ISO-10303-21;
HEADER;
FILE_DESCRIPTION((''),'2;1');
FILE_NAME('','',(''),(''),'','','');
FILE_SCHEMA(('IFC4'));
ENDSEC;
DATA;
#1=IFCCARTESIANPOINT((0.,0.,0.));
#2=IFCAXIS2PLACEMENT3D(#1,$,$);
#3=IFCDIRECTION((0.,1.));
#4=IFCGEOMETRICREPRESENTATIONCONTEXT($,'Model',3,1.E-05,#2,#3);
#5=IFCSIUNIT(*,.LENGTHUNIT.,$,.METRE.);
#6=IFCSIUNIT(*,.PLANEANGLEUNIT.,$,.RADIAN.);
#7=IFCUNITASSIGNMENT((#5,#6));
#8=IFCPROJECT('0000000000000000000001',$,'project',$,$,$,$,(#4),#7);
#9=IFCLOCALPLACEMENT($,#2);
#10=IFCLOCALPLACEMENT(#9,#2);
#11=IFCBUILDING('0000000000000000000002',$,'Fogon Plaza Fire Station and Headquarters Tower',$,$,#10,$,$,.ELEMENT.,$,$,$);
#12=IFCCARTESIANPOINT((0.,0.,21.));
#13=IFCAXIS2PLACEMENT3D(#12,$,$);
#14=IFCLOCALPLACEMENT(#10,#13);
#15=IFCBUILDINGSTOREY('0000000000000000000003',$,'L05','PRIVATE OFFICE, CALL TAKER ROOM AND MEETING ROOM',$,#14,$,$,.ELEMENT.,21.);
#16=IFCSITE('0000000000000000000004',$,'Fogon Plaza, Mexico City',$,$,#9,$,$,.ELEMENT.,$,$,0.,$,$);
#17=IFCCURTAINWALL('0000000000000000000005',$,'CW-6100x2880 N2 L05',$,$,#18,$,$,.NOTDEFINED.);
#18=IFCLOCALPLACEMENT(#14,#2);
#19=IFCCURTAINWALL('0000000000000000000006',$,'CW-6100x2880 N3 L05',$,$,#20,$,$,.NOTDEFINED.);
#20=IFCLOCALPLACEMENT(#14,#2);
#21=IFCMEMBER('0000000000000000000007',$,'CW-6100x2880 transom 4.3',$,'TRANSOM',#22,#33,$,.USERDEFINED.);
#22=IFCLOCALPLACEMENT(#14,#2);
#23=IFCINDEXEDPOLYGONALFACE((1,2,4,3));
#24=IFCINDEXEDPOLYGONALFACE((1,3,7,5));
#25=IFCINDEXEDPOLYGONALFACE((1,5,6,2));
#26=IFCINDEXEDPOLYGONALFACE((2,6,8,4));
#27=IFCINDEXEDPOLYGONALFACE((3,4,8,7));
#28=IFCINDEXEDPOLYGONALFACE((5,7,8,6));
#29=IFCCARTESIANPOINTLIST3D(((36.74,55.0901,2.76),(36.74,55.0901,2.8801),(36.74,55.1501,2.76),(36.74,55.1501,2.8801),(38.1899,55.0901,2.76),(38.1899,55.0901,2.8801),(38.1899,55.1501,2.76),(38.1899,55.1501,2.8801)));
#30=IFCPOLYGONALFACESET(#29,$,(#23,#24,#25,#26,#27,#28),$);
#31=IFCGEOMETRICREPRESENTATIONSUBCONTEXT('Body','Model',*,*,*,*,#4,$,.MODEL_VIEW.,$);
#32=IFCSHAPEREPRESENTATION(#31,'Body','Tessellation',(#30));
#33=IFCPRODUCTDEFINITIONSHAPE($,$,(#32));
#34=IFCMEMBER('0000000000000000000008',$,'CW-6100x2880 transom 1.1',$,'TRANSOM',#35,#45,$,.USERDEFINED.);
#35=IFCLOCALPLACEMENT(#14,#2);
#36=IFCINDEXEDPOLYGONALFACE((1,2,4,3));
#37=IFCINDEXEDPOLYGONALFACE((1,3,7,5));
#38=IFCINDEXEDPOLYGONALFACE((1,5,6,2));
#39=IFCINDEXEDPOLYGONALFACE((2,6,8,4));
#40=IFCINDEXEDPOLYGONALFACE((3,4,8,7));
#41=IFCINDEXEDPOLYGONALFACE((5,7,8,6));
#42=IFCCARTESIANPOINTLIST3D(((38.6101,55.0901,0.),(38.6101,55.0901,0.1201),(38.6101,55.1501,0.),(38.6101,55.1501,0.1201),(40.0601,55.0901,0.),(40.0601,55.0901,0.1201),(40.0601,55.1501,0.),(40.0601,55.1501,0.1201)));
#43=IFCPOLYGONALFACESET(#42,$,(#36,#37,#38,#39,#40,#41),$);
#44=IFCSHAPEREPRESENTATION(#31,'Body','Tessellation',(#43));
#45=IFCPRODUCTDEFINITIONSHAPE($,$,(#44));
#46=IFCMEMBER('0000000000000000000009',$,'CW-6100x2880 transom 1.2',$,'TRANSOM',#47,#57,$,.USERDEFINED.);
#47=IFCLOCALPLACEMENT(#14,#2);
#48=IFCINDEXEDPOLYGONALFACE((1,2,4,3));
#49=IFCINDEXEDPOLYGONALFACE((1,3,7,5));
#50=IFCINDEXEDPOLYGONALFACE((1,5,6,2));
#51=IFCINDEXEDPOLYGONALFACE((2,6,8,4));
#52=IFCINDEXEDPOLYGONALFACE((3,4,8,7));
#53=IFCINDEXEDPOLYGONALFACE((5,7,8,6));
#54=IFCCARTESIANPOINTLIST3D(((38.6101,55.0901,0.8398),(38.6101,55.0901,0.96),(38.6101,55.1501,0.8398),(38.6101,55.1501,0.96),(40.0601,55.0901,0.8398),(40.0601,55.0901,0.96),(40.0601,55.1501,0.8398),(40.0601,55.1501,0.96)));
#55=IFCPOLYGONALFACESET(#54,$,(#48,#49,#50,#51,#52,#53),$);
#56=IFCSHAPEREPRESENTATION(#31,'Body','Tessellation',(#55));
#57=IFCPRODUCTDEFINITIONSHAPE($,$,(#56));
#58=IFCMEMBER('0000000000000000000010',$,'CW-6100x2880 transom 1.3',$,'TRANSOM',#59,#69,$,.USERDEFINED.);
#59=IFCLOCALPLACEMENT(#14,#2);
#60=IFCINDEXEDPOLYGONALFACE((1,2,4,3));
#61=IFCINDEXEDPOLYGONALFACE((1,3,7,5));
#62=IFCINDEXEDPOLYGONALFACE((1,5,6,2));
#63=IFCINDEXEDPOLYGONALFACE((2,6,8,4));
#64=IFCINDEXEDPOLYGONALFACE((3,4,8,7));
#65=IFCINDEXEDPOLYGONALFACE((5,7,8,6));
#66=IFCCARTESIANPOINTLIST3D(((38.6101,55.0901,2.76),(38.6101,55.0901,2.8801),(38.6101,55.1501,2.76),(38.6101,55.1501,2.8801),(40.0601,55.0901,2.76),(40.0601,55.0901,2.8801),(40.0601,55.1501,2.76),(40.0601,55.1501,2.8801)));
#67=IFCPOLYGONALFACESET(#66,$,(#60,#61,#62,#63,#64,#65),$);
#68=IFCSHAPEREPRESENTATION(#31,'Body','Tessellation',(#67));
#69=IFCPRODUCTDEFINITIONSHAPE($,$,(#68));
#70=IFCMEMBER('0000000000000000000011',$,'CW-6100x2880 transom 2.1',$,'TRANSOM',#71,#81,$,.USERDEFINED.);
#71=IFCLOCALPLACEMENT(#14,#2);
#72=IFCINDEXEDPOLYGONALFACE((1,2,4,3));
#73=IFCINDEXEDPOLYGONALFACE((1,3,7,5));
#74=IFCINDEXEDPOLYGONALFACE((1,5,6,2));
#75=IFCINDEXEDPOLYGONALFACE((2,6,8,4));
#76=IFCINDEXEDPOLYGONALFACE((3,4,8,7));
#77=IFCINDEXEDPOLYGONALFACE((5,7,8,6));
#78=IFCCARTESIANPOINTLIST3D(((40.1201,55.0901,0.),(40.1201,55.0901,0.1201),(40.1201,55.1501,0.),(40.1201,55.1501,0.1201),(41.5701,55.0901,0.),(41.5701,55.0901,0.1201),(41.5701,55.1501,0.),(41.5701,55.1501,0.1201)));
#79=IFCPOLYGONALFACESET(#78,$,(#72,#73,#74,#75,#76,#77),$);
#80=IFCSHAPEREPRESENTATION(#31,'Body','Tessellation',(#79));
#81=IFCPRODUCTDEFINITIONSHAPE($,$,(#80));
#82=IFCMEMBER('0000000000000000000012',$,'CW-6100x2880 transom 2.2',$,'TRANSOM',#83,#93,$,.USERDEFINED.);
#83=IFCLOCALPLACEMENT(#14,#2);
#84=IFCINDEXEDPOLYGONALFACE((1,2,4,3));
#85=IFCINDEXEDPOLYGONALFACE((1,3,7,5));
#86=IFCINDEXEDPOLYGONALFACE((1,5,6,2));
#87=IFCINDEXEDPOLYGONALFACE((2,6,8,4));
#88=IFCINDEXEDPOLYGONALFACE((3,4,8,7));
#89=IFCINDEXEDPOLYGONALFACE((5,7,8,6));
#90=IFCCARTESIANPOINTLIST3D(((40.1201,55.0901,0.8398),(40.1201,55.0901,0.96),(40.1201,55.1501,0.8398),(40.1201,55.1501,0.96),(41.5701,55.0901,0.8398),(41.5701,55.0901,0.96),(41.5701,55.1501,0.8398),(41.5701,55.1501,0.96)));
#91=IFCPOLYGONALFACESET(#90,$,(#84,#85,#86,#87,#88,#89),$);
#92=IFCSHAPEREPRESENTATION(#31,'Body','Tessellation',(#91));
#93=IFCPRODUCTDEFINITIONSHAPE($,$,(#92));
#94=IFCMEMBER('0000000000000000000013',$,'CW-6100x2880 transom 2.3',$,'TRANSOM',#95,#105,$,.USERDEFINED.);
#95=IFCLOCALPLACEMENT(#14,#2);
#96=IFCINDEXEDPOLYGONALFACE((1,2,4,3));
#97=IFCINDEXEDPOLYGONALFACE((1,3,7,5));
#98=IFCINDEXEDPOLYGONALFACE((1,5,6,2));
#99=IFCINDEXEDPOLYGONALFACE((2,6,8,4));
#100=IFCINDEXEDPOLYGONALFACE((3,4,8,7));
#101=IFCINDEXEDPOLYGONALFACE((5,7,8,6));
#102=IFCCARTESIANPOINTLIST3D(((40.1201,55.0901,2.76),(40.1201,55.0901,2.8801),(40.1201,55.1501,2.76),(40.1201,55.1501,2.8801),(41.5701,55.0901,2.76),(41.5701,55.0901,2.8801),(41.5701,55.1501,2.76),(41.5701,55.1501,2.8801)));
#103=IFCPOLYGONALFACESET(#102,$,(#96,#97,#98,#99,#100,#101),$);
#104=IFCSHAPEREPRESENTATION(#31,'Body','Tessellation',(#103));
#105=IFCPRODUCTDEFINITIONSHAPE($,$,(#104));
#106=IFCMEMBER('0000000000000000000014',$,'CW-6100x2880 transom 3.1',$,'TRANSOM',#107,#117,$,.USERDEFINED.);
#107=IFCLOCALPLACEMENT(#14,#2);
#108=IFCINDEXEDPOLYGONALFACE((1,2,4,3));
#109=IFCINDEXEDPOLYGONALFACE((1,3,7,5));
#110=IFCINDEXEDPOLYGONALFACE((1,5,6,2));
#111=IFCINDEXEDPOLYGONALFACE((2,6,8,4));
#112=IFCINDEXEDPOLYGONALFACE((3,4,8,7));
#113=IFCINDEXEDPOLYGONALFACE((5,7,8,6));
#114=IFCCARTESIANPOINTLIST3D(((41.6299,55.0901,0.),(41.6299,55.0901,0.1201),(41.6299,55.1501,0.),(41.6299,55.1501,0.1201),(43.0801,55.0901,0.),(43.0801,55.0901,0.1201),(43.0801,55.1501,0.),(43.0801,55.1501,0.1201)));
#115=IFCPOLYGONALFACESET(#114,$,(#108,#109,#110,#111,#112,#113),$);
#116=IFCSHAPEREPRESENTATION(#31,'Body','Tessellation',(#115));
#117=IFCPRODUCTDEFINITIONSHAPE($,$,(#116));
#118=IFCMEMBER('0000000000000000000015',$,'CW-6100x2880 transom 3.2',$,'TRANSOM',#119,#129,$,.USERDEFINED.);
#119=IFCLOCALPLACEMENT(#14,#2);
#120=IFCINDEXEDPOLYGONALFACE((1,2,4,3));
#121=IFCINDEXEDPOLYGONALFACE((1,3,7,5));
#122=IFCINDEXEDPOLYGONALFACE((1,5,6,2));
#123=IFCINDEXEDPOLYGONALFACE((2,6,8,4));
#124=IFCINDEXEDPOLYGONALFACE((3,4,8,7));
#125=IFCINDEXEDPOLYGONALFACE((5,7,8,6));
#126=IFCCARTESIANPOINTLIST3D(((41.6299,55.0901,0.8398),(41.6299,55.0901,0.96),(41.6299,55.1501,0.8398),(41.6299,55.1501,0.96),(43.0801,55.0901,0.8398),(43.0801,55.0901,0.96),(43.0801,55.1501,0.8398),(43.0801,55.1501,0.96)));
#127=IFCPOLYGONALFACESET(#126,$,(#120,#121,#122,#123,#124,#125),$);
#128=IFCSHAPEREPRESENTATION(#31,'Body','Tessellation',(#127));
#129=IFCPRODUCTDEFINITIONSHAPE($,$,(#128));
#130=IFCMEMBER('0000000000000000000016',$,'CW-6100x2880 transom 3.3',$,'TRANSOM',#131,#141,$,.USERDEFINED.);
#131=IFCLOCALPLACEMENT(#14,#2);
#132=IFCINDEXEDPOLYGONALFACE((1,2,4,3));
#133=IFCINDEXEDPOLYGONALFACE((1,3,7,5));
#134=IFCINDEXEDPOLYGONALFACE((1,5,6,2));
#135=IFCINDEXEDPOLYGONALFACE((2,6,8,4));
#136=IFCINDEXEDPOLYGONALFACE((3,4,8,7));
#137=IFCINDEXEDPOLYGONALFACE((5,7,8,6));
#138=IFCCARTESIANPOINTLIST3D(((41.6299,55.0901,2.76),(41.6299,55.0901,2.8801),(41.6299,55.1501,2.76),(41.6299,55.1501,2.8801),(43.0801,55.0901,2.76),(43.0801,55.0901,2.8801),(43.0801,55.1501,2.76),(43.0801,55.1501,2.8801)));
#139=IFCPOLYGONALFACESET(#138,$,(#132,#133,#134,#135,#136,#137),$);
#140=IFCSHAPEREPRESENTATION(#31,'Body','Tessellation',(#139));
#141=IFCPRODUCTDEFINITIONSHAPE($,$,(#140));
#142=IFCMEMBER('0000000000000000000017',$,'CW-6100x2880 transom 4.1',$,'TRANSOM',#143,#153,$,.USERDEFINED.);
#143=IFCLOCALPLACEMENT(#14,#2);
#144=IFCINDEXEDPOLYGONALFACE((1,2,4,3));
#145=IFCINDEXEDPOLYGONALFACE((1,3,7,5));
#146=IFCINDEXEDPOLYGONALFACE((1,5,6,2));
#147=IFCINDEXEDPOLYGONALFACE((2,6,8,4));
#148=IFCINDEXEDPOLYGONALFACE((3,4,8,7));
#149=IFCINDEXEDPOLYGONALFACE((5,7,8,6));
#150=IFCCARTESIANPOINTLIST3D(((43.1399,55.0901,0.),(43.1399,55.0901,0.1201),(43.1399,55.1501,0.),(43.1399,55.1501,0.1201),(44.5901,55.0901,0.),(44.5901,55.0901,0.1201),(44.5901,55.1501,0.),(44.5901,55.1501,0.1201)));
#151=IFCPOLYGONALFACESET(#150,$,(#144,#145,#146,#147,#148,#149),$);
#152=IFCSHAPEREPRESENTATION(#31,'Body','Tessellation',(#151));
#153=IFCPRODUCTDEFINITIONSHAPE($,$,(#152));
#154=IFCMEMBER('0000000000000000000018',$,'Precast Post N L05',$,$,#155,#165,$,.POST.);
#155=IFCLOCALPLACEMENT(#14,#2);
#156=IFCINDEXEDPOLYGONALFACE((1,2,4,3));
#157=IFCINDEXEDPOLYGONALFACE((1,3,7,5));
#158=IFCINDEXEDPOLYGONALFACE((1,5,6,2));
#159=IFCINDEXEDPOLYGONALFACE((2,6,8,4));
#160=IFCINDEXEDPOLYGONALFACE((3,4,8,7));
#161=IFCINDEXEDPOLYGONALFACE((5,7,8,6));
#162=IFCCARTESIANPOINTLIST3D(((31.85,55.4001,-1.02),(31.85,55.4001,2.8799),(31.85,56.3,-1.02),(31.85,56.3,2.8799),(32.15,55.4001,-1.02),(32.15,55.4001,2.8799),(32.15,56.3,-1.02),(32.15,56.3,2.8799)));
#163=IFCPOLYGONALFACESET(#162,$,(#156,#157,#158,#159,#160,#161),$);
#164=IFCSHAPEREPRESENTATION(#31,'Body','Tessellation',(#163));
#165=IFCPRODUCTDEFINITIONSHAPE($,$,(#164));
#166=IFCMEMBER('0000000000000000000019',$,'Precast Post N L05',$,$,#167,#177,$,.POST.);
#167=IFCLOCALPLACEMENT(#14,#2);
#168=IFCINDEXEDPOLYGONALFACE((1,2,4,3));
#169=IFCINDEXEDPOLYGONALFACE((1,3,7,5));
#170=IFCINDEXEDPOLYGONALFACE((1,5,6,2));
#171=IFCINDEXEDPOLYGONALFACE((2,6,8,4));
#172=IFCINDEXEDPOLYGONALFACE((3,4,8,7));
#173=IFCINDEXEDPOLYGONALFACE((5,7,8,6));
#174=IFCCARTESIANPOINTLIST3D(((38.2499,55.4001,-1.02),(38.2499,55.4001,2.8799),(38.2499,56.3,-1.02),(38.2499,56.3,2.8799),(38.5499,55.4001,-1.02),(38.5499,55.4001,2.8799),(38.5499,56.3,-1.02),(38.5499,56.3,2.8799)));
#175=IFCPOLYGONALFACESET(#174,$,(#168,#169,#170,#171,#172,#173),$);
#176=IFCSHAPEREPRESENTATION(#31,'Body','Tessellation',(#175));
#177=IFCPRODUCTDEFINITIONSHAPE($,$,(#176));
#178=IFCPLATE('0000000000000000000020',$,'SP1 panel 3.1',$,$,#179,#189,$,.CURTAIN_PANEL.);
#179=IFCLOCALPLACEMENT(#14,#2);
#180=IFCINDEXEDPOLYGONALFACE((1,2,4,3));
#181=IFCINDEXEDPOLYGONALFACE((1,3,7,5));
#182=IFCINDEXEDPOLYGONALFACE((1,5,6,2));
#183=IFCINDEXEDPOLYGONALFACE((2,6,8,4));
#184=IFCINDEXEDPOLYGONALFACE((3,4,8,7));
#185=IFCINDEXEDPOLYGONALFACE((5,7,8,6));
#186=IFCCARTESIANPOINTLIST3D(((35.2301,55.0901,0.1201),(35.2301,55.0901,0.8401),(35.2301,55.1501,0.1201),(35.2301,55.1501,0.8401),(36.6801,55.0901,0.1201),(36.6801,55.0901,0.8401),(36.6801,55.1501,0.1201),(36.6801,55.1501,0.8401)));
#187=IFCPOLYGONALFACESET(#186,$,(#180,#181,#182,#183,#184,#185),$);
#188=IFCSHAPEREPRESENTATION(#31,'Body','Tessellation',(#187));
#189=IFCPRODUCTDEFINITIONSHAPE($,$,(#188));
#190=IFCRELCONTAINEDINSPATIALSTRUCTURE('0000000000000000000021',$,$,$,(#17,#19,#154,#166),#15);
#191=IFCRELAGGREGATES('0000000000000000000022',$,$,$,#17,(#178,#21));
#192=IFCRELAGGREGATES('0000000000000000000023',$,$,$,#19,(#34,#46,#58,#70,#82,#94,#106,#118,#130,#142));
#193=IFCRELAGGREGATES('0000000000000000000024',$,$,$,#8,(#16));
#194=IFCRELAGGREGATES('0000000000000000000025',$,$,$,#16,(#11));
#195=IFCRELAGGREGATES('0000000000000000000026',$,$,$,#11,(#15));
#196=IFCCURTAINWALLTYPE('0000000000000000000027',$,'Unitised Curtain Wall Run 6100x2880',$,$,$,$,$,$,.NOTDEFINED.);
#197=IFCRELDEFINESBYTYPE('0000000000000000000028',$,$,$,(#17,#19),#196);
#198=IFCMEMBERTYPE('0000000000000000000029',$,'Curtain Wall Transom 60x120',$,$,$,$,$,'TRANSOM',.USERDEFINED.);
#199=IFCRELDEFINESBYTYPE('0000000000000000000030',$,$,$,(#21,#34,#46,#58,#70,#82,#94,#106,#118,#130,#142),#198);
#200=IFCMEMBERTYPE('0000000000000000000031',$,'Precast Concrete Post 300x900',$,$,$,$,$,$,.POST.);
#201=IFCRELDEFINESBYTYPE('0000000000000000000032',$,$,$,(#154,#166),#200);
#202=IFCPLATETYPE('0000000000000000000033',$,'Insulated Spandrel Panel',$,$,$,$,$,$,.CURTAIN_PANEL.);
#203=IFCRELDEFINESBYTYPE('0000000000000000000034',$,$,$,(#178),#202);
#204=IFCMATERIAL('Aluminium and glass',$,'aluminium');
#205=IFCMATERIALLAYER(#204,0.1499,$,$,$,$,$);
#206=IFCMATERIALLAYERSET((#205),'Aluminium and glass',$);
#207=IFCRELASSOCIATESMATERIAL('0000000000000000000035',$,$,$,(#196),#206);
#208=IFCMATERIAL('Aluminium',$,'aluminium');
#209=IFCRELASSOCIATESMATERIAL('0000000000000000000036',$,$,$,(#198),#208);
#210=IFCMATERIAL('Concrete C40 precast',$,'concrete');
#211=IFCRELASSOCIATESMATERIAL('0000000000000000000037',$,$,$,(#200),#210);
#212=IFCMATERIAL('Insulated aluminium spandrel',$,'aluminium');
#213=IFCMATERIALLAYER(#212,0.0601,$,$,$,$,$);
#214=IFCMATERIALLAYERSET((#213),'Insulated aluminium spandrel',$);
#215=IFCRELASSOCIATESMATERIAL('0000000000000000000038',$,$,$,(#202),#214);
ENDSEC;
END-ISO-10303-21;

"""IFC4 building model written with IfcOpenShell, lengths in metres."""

from ifc_helpers import new_model, si_unit, direction, frame, origin, origin_2d, place, context, subcontext, project, spatial, rectangle, extrude, material, layer, layer_set, material_profile, profile_set, type_object, element, aggregate, save


model = new_model("IFC4")

# Units and contexts
model_context = context("Model", 3, precision=1e-05, world=origin(), true_north=direction((0.0, 1.0)))
body_context = subcontext(model_context, "Body", "Model", "MODEL_VIEW")
ifc_project = project(units=[si_unit("LENGTHUNIT", "METRE"), si_unit("PLANEANGLEUNIT", "RADIAN")], contexts=[model_context])

# Site, building, storey
site_placement = place(None, origin())
site = spatial("IfcSite", under=ifc_project, at=site_placement, Name="Fogon Plaza, Mexico City", CompositionType="ELEMENT", RefElevation=0.0)
building_placement = place(site_placement, origin())
building = spatial("IfcBuilding", under=site, at=building_placement, Name="Fogon Plaza Fire Station and Headquarters Tower", CompositionType="ELEMENT")
storey_placement = place(building_placement, frame((0.0, 0.0, 21.0)))
storey = spatial("IfcBuildingStorey", under=building, at=storey_placement, Name="L05", Description="PRIVATE OFFICE, CALL TAKER ROOM AND MEETING ROOM", CompositionType="ELEMENT", Elevation=21.0)

# Curtain walls
ifc_material_1 = material(Name="Aluminium and glass", Category="aluminium")
ifc_layer_1 = layer(ifc_material_1, 0.1499)
ifc_layer_set_1 = layer_set([ifc_layer_1], Name="Aluminium and glass")
curtain_wall_type = type_object("IfcCurtainWallType", Name="Unitised Curtain Wall Run 6100x2880", PredefinedType="NOTDEFINED", material=ifc_layer_set_1)
curtain_wall_1_placement = place(storey_placement, origin())
curtain_wall_1 = element("IfcCurtainWall", 1, at=curtain_wall_1_placement, inside=storey, type_object=curtain_wall_type, Name="CW-6100x2880 N2 L05", PredefinedType="NOTDEFINED")
curtain_wall_2_placement = place(storey_placement, origin())
curtain_wall_2 = element("IfcCurtainWall", 2, at=curtain_wall_2_placement, inside=storey, type_object=curtain_wall_type, Name="CW-6100x2880 N3 L05", PredefinedType="NOTDEFINED")

# Members
ifc_material_2 = material(Name="Aluminium", Category="aluminium")
ifc_material_profile_1 = material_profile(ifc_material_2, rectangle(XDim=0.0601, YDim=0.1201, at=origin_2d()), Name="Curtain Wall Transom 60x120")
ifc_profile_set_1 = profile_set([ifc_material_profile_1], Name="Aluminium")
member_type_1 = type_object("IfcMemberType", Name="Curtain Wall Transom 60x120", ElementType="TRANSOM", PredefinedType="USERDEFINED", material=ifc_profile_set_1)
member_1_placement = place(storey_placement, frame((36.74, 55.1201, 2.8201), z_axis=(1.0, 0.0, 0.0), x_axis=(0.0, 1.0, 0.0)))
member_1 = element("IfcMember", 3, at=member_1_placement, type_object=member_type_1, Name="CW-6100x2880 transom 4.3", ObjectType="TRANSOM", PredefinedType="USERDEFINED", context=body_context, shape_type="SweptSolid", body=[
    extrude(rectangle(XDim=0.0601, YDim=0.1201, at=origin_2d()), origin(), (0.0, 0.0, 1.0), 1.45),
])
member_2_placement = place(storey_placement, frame((38.6101, 55.1201, 0.0601), z_axis=(1.0, 0.0, 0.0), x_axis=(0.0, 1.0, 0.0)))
member_2 = element("IfcMember", 4, at=member_2_placement, type_object=member_type_1, Name="CW-6100x2880 transom 1.1", ObjectType="TRANSOM", PredefinedType="USERDEFINED", context=body_context, shape_type="SweptSolid", body=[
    extrude(rectangle(XDim=0.0601, YDim=0.1201, at=origin_2d()), origin(), (0.0, 0.0, 1.0), 1.45),
])
member_3_placement = place(storey_placement, frame((38.6101, 55.1201, 0.8999), z_axis=(1.0, 0.0, 0.0), x_axis=(0.0, 1.0, 0.0)))
member_3 = element("IfcMember", 5, at=member_3_placement, type_object=member_type_1, Name="CW-6100x2880 transom 1.2", ObjectType="TRANSOM", PredefinedType="USERDEFINED", context=body_context, shape_type="SweptSolid", body=[
    extrude(rectangle(XDim=0.0601, YDim=0.1201, at=origin_2d()), origin(), (0.0, 0.0, 1.0), 1.45),
])
member_4_placement = place(storey_placement, frame((38.6101, 55.1201, 2.8201), z_axis=(1.0, 0.0, 0.0), x_axis=(0.0, 1.0, 0.0)))
member_4 = element("IfcMember", 6, at=member_4_placement, type_object=member_type_1, Name="CW-6100x2880 transom 1.3", ObjectType="TRANSOM", PredefinedType="USERDEFINED", context=body_context, shape_type="SweptSolid", body=[
    extrude(rectangle(XDim=0.0601, YDim=0.1201, at=origin_2d()), origin(), (0.0, 0.0, 1.0), 1.45),
])
member_5_placement = place(storey_placement, frame((40.1201, 55.1201, 0.0601), z_axis=(1.0, 0.0, 0.0), x_axis=(0.0, 1.0, 0.0)))
member_5 = element("IfcMember", 7, at=member_5_placement, type_object=member_type_1, Name="CW-6100x2880 transom 2.1", ObjectType="TRANSOM", PredefinedType="USERDEFINED", context=body_context, shape_type="SweptSolid", body=[
    extrude(rectangle(XDim=0.0601, YDim=0.1201, at=origin_2d()), origin(), (0.0, 0.0, 1.0), 1.45),
])
member_6_placement = place(storey_placement, frame((40.1201, 55.1201, 0.8999), z_axis=(1.0, 0.0, 0.0), x_axis=(0.0, 1.0, 0.0)))
member_6 = element("IfcMember", 8, at=member_6_placement, type_object=member_type_1, Name="CW-6100x2880 transom 2.2", ObjectType="TRANSOM", PredefinedType="USERDEFINED", context=body_context, shape_type="SweptSolid", body=[
    extrude(rectangle(XDim=0.0601, YDim=0.1201, at=origin_2d()), origin(), (0.0, 0.0, 1.0), 1.45),
])
member_7_placement = place(storey_placement, frame((40.1201, 55.1201, 2.8201), z_axis=(1.0, 0.0, 0.0), x_axis=(0.0, 1.0, 0.0)))
member_7 = element("IfcMember", 9, at=member_7_placement, type_object=member_type_1, Name="CW-6100x2880 transom 2.3", ObjectType="TRANSOM", PredefinedType="USERDEFINED", context=body_context, shape_type="SweptSolid", body=[
    extrude(rectangle(XDim=0.0601, YDim=0.1201, at=origin_2d()), origin(), (0.0, 0.0, 1.0), 1.45),
])
member_8_placement = place(storey_placement, frame((41.6299, 55.1201, 0.0601), z_axis=(1.0, 0.0, 0.0), x_axis=(0.0, 1.0, 0.0)))
member_8 = element("IfcMember", 10, at=member_8_placement, type_object=member_type_1, Name="CW-6100x2880 transom 3.1", ObjectType="TRANSOM", PredefinedType="USERDEFINED", context=body_context, shape_type="SweptSolid", body=[
    extrude(rectangle(XDim=0.0601, YDim=0.1201, at=origin_2d()), origin(), (0.0, 0.0, 1.0), 1.4502),
])
member_9_placement = place(storey_placement, frame((41.6299, 55.1201, 0.8999), z_axis=(1.0, 0.0, 0.0), x_axis=(0.0, 1.0, 0.0)))
member_9 = element("IfcMember", 11, at=member_9_placement, type_object=member_type_1, Name="CW-6100x2880 transom 3.2", ObjectType="TRANSOM", PredefinedType="USERDEFINED", context=body_context, shape_type="SweptSolid", body=[
    extrude(rectangle(XDim=0.0601, YDim=0.1201, at=origin_2d()), origin(), (0.0, 0.0, 1.0), 1.4502),
])
member_10_placement = place(storey_placement, frame((41.6299, 55.1201, 2.8201), z_axis=(1.0, 0.0, 0.0), x_axis=(0.0, 1.0, 0.0)))
member_10 = element("IfcMember", 12, at=member_10_placement, type_object=member_type_1, Name="CW-6100x2880 transom 3.3", ObjectType="TRANSOM", PredefinedType="USERDEFINED", context=body_context, shape_type="SweptSolid", body=[
    extrude(rectangle(XDim=0.0601, YDim=0.1201, at=origin_2d()), origin(), (0.0, 0.0, 1.0), 1.4502),
])
member_11_placement = place(storey_placement, frame((43.1399, 55.1201, 0.0601), z_axis=(1.0, 0.0, 0.0), x_axis=(0.0, 1.0, 0.0)))
member_11 = element("IfcMember", 13, at=member_11_placement, type_object=member_type_1, Name="CW-6100x2880 transom 4.1", ObjectType="TRANSOM", PredefinedType="USERDEFINED", context=body_context, shape_type="SweptSolid", body=[
    extrude(rectangle(XDim=0.0601, YDim=0.1201, at=origin_2d()), origin(), (0.0, 0.0, 1.0), 1.4502),
])

# Members
ifc_material_3 = material(Name="Concrete C40 precast", Category="concrete")
ifc_material_profile_2 = material_profile(ifc_material_3, rectangle(XDim=0.3, YDim=0.8999, at=origin_2d()), Name="Precast Concrete Post 300x900")
ifc_profile_set_2 = profile_set([ifc_material_profile_2], Name="Concrete C40 precast")
member_type_2 = type_object("IfcMemberType", Name="Precast Concrete Post 300x900", PredefinedType="POST", material=ifc_profile_set_2)
for number, where, z_axis, x_axis, name in (
    (14, (32.0, 55.8501, -1.02), (0.0, 0.0, 1.0), (1.0, 0.0, 0.0), "Precast Post N L05"),
    (15, (38.3999, 55.8501, -1.02), (0.0, 0.0, 1.0), (1.0, 0.0, 0.0), "Precast Post N L05"),
):
    element("IfcMember", number, at=place(storey_placement, frame(where, z_axis=z_axis, x_axis=x_axis)), inside=storey, type_object=member_type_2, Name=name, PredefinedType="POST", context=body_context, shape_type="SweptSolid", body=[
        extrude(rectangle(XDim=0.3, YDim=0.8999, at=origin_2d()), origin(), (0.0, 0.0, 1.0), 3.8999),
    ])

# Plate
ifc_material_4 = material(Name="Insulated aluminium spandrel", Category="aluminium")
ifc_layer_2 = layer(ifc_material_4, 0.0601)
ifc_layer_set_2 = layer_set([ifc_layer_2], Name="Insulated aluminium spandrel")
plate_type_1 = type_object("IfcPlateType", Name="Insulated Spandrel Panel", PredefinedType="CURTAIN_PANEL", material=ifc_layer_set_2)
plate_1_placement = place(storey_placement, frame((35.9551, 55.1201, 0.1201), z_axis=(0.0, 0.0, 1.0), x_axis=(1.0, 0.0, 0.0)))
plate_1 = element("IfcPlate", 16, at=plate_1_placement, type_object=plate_type_1, Name="SP1 panel 3.1", PredefinedType="CURTAIN_PANEL", context=body_context, shape_type="SweptSolid", body=[
    extrude(rectangle(XDim=1.45, YDim=0.0601, at=origin_2d()), origin(), (0.0, 0.0, 1.0), 0.72),
])
aggregate(curtain_wall_1, [plate_1, member_1])
aggregate(curtain_wall_2, [member_2, member_3, member_4, member_5, member_6, member_7, member_8, member_9, member_10, member_11])

save(model, "model.ifc")
